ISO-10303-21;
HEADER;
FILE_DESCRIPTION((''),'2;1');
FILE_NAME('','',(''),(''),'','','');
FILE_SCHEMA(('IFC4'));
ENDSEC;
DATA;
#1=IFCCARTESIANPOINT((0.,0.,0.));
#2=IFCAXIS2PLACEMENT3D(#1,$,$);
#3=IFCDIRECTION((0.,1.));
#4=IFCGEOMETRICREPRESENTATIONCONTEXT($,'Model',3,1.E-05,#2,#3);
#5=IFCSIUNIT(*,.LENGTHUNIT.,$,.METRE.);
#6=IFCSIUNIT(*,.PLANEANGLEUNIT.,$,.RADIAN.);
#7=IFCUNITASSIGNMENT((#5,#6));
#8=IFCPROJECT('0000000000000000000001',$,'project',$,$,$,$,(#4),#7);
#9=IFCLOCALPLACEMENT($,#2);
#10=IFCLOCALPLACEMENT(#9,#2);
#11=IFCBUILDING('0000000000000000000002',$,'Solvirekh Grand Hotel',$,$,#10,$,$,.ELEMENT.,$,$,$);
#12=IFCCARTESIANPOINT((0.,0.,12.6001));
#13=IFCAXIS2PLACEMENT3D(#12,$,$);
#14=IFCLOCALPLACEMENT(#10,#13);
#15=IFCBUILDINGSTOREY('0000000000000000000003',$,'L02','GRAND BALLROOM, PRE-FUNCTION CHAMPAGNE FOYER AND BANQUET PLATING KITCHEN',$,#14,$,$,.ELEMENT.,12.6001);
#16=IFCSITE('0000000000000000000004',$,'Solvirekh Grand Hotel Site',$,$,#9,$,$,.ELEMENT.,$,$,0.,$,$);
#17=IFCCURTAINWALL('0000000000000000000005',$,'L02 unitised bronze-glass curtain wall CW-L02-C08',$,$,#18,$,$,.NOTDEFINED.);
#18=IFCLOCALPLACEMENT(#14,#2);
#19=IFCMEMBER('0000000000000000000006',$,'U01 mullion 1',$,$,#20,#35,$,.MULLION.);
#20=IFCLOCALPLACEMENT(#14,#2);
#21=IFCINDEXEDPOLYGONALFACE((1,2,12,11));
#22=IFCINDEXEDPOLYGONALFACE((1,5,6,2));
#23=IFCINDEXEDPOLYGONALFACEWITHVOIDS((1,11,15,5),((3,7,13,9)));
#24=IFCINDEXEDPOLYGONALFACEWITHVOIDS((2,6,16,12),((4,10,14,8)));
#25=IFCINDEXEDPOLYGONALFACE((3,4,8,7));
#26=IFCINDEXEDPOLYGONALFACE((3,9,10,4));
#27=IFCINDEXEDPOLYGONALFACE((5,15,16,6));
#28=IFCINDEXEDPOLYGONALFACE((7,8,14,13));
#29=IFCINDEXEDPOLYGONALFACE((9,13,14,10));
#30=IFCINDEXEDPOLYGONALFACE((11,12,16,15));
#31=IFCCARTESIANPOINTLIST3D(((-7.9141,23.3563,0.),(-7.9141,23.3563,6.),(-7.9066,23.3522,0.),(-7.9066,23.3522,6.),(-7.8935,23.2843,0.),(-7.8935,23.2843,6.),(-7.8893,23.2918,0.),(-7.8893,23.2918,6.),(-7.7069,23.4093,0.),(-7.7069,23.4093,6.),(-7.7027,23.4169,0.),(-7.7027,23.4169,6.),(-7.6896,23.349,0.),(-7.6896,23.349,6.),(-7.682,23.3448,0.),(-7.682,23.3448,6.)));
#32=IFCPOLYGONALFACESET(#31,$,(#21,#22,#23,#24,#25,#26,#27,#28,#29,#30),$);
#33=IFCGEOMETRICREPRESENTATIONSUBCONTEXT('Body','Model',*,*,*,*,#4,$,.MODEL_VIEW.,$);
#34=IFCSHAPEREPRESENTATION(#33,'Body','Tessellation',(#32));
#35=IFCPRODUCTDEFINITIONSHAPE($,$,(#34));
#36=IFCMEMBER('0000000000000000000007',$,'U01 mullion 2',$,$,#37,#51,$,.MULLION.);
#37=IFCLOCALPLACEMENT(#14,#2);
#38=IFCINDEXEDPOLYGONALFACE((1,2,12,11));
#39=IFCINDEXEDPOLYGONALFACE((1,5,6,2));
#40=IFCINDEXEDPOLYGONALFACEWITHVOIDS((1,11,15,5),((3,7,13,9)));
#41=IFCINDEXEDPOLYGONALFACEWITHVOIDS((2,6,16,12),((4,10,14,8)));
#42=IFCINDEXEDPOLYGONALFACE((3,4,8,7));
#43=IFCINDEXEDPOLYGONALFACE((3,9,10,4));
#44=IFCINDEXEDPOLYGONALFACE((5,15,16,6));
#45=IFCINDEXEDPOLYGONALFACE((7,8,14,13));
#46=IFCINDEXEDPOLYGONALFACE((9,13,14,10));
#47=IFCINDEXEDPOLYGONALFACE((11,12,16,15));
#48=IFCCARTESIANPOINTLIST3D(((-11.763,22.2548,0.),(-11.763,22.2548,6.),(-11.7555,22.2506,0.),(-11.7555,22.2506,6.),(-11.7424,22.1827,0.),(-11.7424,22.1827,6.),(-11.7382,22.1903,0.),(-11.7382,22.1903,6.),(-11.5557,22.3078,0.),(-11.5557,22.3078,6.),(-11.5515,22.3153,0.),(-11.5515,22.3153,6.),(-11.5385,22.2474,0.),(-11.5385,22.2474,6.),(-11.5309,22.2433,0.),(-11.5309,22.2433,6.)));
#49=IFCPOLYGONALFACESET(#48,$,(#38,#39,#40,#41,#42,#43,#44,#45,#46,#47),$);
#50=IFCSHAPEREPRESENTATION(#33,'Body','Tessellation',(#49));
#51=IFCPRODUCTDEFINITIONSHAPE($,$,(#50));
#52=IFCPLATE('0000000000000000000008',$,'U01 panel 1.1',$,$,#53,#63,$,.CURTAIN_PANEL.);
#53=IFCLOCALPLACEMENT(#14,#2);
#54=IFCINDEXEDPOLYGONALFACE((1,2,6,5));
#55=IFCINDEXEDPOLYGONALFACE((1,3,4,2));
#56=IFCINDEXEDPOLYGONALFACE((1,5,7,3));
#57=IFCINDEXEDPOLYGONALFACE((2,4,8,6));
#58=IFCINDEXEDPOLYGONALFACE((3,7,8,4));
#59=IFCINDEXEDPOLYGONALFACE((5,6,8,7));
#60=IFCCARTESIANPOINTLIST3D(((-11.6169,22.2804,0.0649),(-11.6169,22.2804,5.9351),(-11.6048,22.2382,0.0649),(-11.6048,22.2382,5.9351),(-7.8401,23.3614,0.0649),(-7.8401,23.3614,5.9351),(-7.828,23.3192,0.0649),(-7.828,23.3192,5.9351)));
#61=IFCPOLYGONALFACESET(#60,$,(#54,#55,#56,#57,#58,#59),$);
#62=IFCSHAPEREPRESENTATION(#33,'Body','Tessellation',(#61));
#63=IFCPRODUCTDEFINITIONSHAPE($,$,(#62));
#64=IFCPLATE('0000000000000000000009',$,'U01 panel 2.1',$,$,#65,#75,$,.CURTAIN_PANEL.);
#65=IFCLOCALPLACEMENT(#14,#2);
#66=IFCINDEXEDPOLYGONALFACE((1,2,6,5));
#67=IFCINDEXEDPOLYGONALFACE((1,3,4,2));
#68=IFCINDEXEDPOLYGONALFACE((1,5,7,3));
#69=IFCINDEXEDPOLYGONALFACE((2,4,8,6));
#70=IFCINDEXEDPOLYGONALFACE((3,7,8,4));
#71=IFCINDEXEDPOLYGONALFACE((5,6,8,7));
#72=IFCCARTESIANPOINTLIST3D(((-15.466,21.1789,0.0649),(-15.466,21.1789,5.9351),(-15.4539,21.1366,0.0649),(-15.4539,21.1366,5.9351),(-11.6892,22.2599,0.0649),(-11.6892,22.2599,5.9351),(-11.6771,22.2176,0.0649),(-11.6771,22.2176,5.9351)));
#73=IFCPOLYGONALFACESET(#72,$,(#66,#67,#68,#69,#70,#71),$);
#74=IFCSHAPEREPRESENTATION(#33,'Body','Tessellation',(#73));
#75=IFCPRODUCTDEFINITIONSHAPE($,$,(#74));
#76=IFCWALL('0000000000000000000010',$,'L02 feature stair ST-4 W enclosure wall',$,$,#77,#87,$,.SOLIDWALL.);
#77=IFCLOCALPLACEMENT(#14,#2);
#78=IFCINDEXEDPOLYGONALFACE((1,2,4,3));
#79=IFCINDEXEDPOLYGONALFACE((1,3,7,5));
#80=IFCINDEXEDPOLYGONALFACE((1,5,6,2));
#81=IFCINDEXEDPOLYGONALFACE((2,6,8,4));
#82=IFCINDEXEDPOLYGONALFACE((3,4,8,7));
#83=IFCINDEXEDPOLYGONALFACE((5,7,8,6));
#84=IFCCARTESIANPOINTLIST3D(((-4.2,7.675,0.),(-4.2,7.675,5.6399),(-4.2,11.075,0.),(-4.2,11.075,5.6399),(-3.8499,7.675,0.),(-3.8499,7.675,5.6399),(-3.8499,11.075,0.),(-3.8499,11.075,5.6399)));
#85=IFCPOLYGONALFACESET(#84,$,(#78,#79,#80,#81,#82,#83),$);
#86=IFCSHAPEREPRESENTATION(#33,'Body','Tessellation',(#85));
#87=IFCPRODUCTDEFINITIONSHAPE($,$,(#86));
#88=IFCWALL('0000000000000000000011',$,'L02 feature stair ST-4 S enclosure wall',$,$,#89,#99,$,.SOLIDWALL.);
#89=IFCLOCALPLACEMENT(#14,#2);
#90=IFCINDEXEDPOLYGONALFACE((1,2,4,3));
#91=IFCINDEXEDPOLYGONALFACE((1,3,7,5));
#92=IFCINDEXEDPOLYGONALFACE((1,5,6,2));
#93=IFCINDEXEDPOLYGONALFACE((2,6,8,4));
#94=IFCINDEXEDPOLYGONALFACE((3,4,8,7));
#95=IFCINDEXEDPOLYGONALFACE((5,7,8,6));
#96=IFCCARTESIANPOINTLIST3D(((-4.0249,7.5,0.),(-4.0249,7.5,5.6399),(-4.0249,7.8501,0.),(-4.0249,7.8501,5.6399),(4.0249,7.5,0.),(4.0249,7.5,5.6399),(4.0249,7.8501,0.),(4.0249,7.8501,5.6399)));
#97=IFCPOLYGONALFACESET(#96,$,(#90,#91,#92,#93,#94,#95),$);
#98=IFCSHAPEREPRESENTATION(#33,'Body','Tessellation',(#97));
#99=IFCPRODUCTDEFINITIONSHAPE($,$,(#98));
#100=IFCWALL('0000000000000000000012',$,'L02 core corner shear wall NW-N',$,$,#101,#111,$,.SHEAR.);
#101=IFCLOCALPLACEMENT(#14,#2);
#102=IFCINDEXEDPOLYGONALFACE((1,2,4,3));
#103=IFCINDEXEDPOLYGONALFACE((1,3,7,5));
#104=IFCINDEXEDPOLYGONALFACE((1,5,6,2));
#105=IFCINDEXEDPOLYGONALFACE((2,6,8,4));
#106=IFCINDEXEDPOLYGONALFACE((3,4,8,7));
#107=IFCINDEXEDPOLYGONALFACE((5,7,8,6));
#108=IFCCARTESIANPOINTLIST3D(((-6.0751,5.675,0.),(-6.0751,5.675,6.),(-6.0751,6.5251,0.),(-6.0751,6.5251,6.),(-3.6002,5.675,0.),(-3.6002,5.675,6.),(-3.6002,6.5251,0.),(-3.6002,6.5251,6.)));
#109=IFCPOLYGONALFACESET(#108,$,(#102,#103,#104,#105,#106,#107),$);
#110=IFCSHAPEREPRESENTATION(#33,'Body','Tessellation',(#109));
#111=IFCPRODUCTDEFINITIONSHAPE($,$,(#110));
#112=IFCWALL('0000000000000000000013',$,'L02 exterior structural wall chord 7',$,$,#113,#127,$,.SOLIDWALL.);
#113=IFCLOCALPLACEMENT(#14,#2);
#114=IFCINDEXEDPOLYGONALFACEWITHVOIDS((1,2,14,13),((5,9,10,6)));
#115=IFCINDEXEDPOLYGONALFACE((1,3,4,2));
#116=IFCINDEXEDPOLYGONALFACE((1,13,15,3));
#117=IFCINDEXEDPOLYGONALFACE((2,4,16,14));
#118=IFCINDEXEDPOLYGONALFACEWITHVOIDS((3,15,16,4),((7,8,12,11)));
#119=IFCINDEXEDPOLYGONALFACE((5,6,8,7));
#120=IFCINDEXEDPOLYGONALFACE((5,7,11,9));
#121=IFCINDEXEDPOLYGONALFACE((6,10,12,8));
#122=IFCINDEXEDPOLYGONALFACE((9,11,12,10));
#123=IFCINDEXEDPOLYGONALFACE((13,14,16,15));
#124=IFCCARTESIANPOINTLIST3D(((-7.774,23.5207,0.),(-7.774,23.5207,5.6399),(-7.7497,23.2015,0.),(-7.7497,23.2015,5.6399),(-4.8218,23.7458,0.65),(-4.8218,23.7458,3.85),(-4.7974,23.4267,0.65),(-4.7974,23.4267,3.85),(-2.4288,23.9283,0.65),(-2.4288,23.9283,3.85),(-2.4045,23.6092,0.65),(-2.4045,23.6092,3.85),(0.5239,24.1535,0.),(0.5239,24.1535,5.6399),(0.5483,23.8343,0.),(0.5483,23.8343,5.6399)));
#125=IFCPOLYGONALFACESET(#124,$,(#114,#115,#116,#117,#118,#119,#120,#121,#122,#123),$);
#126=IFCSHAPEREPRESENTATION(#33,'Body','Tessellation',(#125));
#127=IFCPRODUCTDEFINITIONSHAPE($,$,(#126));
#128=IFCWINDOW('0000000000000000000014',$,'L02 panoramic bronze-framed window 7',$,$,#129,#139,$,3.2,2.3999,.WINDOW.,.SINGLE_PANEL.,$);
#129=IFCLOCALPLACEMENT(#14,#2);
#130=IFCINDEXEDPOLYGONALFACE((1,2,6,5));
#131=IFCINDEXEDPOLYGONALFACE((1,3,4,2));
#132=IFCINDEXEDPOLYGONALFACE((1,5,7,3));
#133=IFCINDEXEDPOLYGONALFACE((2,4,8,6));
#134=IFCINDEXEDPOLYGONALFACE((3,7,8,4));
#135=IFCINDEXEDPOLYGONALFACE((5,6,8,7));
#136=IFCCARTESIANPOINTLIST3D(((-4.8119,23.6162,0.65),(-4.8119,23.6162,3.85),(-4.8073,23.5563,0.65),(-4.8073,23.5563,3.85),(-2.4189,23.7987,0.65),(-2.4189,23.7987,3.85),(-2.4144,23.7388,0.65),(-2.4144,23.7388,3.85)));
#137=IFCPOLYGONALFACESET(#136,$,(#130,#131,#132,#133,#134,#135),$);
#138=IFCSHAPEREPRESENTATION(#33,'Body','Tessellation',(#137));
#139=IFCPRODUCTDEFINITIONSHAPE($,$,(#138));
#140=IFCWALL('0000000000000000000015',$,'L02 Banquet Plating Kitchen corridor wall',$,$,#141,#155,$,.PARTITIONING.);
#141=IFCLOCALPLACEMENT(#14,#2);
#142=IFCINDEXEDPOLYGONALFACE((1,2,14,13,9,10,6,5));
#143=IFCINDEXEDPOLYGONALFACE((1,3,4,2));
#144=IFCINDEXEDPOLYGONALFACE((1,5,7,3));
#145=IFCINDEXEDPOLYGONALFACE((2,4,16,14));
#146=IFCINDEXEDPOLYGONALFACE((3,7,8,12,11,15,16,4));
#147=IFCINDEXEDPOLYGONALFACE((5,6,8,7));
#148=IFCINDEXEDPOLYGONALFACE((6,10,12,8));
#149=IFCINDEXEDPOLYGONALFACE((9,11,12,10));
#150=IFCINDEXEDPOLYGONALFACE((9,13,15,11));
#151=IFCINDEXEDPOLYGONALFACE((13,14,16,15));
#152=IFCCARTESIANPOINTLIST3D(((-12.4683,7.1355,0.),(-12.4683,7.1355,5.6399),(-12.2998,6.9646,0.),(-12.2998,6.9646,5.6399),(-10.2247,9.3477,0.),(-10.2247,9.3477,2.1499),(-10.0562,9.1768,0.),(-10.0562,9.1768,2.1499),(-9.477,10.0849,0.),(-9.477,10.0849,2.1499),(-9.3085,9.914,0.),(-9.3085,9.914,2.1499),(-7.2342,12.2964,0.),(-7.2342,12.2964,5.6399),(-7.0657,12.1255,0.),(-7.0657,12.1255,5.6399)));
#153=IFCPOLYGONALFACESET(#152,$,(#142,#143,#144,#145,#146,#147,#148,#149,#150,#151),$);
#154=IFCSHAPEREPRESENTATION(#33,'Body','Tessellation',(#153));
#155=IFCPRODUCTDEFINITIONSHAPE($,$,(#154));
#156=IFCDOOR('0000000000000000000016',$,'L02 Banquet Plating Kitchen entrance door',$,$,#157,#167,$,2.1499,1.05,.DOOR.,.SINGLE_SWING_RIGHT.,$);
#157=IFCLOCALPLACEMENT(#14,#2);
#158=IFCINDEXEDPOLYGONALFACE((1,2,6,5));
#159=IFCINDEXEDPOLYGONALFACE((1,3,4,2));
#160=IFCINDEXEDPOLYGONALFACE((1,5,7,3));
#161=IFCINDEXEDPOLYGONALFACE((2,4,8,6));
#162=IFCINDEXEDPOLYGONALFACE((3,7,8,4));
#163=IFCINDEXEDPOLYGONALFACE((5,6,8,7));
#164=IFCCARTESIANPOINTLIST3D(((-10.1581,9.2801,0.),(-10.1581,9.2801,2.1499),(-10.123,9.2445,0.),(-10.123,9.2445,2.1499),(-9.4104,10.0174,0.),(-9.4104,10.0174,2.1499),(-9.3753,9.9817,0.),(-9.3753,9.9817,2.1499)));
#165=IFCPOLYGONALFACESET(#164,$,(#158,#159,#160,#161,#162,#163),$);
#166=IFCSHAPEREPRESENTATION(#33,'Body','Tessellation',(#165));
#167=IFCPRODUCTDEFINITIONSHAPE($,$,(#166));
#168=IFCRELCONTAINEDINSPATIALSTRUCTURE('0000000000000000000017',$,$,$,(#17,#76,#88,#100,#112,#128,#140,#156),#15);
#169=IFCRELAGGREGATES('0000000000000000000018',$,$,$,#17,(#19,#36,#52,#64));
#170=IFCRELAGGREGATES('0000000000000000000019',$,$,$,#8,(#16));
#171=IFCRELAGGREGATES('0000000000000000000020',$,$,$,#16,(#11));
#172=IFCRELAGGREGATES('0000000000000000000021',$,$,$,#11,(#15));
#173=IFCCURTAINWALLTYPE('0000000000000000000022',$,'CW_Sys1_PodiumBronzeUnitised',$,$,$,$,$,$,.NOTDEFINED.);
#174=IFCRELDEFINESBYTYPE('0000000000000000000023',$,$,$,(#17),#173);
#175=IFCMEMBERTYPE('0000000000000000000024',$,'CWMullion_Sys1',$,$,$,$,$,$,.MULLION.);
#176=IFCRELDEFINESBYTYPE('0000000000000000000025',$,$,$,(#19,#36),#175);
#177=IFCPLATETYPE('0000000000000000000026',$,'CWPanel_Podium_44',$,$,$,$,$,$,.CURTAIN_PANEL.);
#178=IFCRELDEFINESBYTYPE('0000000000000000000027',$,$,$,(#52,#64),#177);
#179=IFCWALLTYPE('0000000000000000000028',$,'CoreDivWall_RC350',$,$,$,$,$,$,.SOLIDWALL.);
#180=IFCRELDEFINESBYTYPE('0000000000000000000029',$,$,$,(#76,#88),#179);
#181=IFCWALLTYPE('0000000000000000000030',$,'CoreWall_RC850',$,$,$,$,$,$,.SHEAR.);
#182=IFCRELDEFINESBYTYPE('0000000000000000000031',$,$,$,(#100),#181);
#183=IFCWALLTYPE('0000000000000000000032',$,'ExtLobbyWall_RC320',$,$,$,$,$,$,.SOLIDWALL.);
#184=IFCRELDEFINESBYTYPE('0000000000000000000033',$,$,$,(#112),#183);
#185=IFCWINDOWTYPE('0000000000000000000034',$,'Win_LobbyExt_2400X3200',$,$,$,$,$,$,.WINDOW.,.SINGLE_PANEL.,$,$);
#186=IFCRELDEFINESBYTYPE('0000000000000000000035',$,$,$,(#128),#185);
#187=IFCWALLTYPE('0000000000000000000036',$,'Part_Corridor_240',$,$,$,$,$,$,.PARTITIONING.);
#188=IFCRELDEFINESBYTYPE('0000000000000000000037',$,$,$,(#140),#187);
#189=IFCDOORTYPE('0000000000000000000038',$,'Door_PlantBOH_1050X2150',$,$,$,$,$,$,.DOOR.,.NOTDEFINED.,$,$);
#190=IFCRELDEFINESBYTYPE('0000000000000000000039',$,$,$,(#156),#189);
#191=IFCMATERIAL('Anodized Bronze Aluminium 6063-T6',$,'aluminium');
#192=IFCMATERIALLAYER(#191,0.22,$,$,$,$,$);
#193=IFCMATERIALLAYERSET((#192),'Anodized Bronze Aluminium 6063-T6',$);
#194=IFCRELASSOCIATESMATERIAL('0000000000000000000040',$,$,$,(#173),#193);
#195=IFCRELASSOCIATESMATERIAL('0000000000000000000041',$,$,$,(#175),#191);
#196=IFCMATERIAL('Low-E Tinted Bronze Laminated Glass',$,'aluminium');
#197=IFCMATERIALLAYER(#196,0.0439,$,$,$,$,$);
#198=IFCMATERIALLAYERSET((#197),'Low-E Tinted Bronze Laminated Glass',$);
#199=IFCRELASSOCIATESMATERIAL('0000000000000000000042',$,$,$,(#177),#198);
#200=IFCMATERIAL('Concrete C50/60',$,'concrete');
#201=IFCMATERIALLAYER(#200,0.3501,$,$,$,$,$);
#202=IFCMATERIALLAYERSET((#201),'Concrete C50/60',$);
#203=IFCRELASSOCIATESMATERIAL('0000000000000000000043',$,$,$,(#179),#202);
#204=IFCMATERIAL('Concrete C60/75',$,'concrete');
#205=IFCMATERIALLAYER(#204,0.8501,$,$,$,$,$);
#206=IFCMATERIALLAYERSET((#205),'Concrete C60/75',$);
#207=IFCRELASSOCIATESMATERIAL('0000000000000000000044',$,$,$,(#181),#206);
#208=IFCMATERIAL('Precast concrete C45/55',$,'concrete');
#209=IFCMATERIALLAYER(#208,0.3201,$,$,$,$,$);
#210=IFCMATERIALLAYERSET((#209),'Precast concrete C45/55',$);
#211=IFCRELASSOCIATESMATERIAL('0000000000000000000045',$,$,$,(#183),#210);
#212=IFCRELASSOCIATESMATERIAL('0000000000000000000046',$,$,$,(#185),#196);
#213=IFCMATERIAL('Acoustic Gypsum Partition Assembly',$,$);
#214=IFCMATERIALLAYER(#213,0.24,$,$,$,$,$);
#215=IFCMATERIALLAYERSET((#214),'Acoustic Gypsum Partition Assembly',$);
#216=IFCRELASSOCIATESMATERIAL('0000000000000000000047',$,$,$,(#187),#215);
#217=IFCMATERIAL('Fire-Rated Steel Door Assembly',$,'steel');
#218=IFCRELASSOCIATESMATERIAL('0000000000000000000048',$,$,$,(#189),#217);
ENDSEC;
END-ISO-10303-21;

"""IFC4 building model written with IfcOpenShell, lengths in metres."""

from ifc_helpers import new_model, si_unit, direction, frame, frame_2d, origin, origin_2d, place, context, subcontext, project, spatial, rectangle, hollow_rectangle, extrude, source, transform, mapped, material, layer, layer_set, material_profile, profile_set, type_object, element, fill, aggregate, save


model = new_model("IFC4")

# Units and contexts
model_context = context("Model", 3, precision=1e-05, world=origin(), true_north=direction((0.0, 1.0)))
body_context = subcontext(model_context, "Body", "Model", "MODEL_VIEW")
ifc_project = project(units=[si_unit("LENGTHUNIT", "METRE"), si_unit("PLANEANGLEUNIT", "RADIAN")], contexts=[model_context])

# Site, building, storey
site_placement = place(None, origin())
site = spatial("IfcSite", under=ifc_project, at=site_placement, Name="Solvirekh Grand Hotel Site", CompositionType="ELEMENT", RefElevation=0.0)
building_placement = place(site_placement, origin())
building = spatial("IfcBuilding", under=site, at=building_placement, Name="Solvirekh Grand Hotel", CompositionType="ELEMENT")
storey_placement = place(building_placement, frame((0.0, 0.0, 12.6001)))
storey = spatial("IfcBuildingStorey", under=building, at=storey_placement, Name="L02", Description="GRAND BALLROOM, PRE-FUNCTION CHAMPAGNE FOYER AND BANQUET PLATING KITCHEN", CompositionType="ELEMENT", Elevation=12.6001)

# Shared definitions
ifc_material_1 = material(Name="Concrete C60/75", Category="concrete")

# Curtain wall, members, plates
ifc_material_2 = material(Name="Anodized Bronze Aluminium 6063-T6", Category="aluminium")
ifc_layer_1 = layer(ifc_material_2, 0.22)
ifc_layer_set_1 = layer_set([ifc_layer_1], Name="Anodized Bronze Aluminium 6063-T6")
curtain_wall_type = type_object("IfcCurtainWallType", Name="CW_Sys1_PodiumBronzeUnitised", PredefinedType="NOTDEFINED", material=ifc_layer_set_1)
curtain_wall_placement = place(storey_placement, origin())
curtain_wall = element("IfcCurtainWall", 1, at=curtain_wall_placement, inside=storey, type_object=curtain_wall_type, Name="L02 unitised bronze-glass curtain wall CW-L02-C08", PredefinedType="NOTDEFINED")
ifc_material_profile_1 = material_profile(ifc_material_2, hollow_rectangle(XDim=0.075, YDim=0.22, WallThickness=0.0061, at=origin_2d()), Name="ALU RHS 220X75X6")
ifc_profile_set_1 = profile_set([ifc_material_profile_1], Name="Anodized Bronze Aluminium 6063-T6")
member_type_1 = type_object("IfcMemberType", Name="CWMullion_Sys1", PredefinedType="MULLION", material=ifc_profile_set_1)
shared_shape_1 = source(origin(), body_context, "Body", "SweptSolid", [
    extrude(hollow_rectangle(XDim=0.075, YDim=0.22, WallThickness=0.0061, at=origin_2d()), origin(), (0.0, 0.0, 1.0), 6.0),
])
member_1_placement = place(storey_placement, frame((-7.7981, 23.3506, 0.0), z_axis=(0.0, 0.0, 1.0), x_axis=(0.275179, -0.961393, 0.0)))
member_1 = element("IfcMember", 2, at=member_1_placement, type_object=member_type_1, Name="U01 mullion 1", PredefinedType="MULLION", context=body_context, shape_type="MappedRepresentation", body=[
    mapped(shared_shape_1, transform((0.0, 0.0, 0.0), x_axis=(1.0, 0.0, 0.0), y_axis=(0.0, 1.0, 0.0), z_axis=(0.0, 0.0, 1.0), scale=1.0)),
])
member_2_placement = place(storey_placement, frame((-11.647, 22.249, 0.0), z_axis=(0.0, 0.0, 1.0), x_axis=(0.275179, -0.961393, 0.0)))
member_2 = element("IfcMember", 3, at=member_2_placement, type_object=member_type_1, Name="U01 mullion 2", PredefinedType="MULLION", context=body_context, shape_type="MappedRepresentation", body=[
    mapped(shared_shape_1, transform((0.0, 0.0, 0.0), x_axis=(1.0, 0.0, 0.0), y_axis=(0.0, 1.0, 0.0), z_axis=(0.0, 0.0, 1.0), scale=1.0)),
])
ifc_material_3 = material(Name="Low-E Tinted Bronze Laminated Glass", Category="aluminium")
ifc_layer_2 = layer(ifc_material_3, 0.0439)
ifc_layer_set_2 = layer_set([ifc_layer_2], Name="Low-E Tinted Bronze Laminated Glass")
plate_type = type_object("IfcPlateType", Name="CWPanel_Podium_44", PredefinedType="CURTAIN_PANEL", material=ifc_layer_set_2)
shared_shape_2 = source(origin(), body_context, "Body", "SweptSolid", [
    extrude(rectangle(XDim=3.9285, YDim=0.0439, at=origin_2d()), origin(), (0.0, 0.0, 1.0), 5.8701),
])
plate_1_placement = place(storey_placement, frame((-9.7224, 22.7998, 0.0649), z_axis=(0.0, 0.0, 1.0), x_axis=(-0.961393, -0.275179, 0.0)))
plate_1 = element("IfcPlate", 4, at=plate_1_placement, type_object=plate_type, Name="U01 panel 1.1", PredefinedType="CURTAIN_PANEL", context=body_context, shape_type="MappedRepresentation", body=[
    mapped(shared_shape_2, transform((0.0, 0.0, 0.0), x_axis=(1.0, 0.0, 0.0), y_axis=(0.0, 1.0, 0.0), z_axis=(0.0, 0.0, 1.0), scale=1.0)),
])
plate_2_placement = place(storey_placement, frame((-13.5715, 21.6982, 0.0649), z_axis=(0.0, 0.0, 1.0), x_axis=(-0.961393, -0.275179, 0.0)))
plate_2 = element("IfcPlate", 5, at=plate_2_placement, type_object=plate_type, Name="U01 panel 2.1", PredefinedType="CURTAIN_PANEL", context=body_context, shape_type="MappedRepresentation", body=[
    mapped(shared_shape_2, transform((0.0, 0.0, 0.0), x_axis=(1.0, 0.0, 0.0), y_axis=(0.0, 1.0, 0.0), z_axis=(0.0, 0.0, 1.0), scale=1.0)),
])
aggregate(curtain_wall, [member_1, member_2, plate_1, plate_2])

# Walls
ifc_material_4 = material(Name="Concrete C50/60", Category="concrete")
ifc_layer_3 = layer(ifc_material_4, 0.3501)
ifc_layer_set_3 = layer_set([ifc_layer_3], Name="Concrete C50/60")
wall_type_1 = type_object("IfcWallType", Name="CoreDivWall_RC350", PredefinedType="SOLIDWALL", material=ifc_layer_set_3)
wall_1_placement = place(storey_placement, frame((-4.0249, 11.075, 0.0), z_axis=(0.0, 0.0, 1.0), x_axis=(0.0, -1.0, 0.0)))
element("IfcWall", 6, at=wall_1_placement, inside=storey, type_object=wall_type_1, Name="L02 feature stair ST-4 W enclosure wall", PredefinedType="SOLIDWALL", context=body_context, shape_type="SweptSolid", body=[
    extrude(rectangle(XDim=3.3999, YDim=0.3501, at=frame_2d((1.7, 0.0))), origin(), (0.0, 0.0, 1.0), 5.6399),
])
wall_2_placement = place(storey_placement, frame((-4.0249, 7.675, 0.0), z_axis=(0.0, 0.0, 1.0), x_axis=(1.0, 0.0, 0.0)))
element("IfcWall", 7, at=wall_2_placement, inside=storey, type_object=wall_type_1, Name="L02 feature stair ST-4 S enclosure wall", PredefinedType="SOLIDWALL", context=body_context, shape_type="SweptSolid", body=[
    extrude(rectangle(XDim=8.0498, YDim=0.3501, at=frame_2d((4.0249, 0.0))), origin(), (0.0, 0.0, 1.0), 5.6399),
])
ifc_layer_4 = layer(ifc_material_1, 0.8501)
ifc_layer_set_4 = layer_set([ifc_layer_4], Name="Concrete C60/75")
wall_type_2 = type_object("IfcWallType", Name="CoreWall_RC850", PredefinedType="SHEAR", material=ifc_layer_set_4)
wall_3_placement = place(storey_placement, frame((-6.075, 6.1001, 0.0), z_axis=(0.0, 0.0, 1.0), x_axis=(1.0, 0.0, 0.0)))
element("IfcWall", 8, at=wall_3_placement, inside=storey, type_object=wall_type_2, Name="L02 core corner shear wall NW-N", PredefinedType="SHEAR", context=body_context, shape_type="SweptSolid", body=[
    extrude(rectangle(XDim=2.4749, YDim=0.8501, at=frame_2d((1.2373, 0.0))), origin(), (0.0, 0.0, 1.0), 6.0),
])

# Wall, opening, window
ifc_material_5 = material(Name="Precast concrete C45/55", Category="concrete")
ifc_layer_5 = layer(ifc_material_5, 0.3201)
ifc_layer_set_5 = layer_set([ifc_layer_5], Name="Precast concrete C45/55")
wall_type_3 = type_object("IfcWallType", Name="ExtLobbyWall_RC320", PredefinedType="SOLIDWALL", material=ifc_layer_set_5)
wall_4_placement = place(storey_placement, frame((-7.762, 23.3611, 0.0), z_axis=(0.0, 0.0, 1.0), x_axis=(0.997105, 0.076041, 0.0)))
wall_4 = element("IfcWall", 9, at=wall_4_placement, inside=storey, type_object=wall_type_3, Name="L02 exterior structural wall chord 7", PredefinedType="SOLIDWALL", context=body_context, shape_type="SweptSolid", body=[
    extrude(rectangle(XDim=8.322, YDim=0.3201, at=frame_2d((4.1611, 0.0))), origin(), (0.0, 0.0, 1.0), 5.6399),
])
opening_1_placement = place(wall_4_placement, frame((2.9609, 0.0, 0.6499)))
opening_1 = element("IfcOpeningElement", 10, at=opening_1_placement, cuts=wall_4, PredefinedType="OPENING", context=body_context, shape_type="SweptSolid", body=[
    extrude(rectangle(XDim=2.3999, YDim=3.2, at=frame_2d((1.2, 1.6001))), frame((0.0, 0.1699, 0.0), z_axis=(0.0, -1.0, 0.0), x_axis=(1.0, 0.0, 0.0)), (0.0, 0.0, 1.0), 0.3401),
])
window_type = type_object("IfcWindowType", Name="Win_LobbyExt_2400X3200", PartitioningType="SINGLE_PANEL", PredefinedType="WINDOW", material=ifc_material_3)
window_placement = place(opening_1_placement, origin())
window = element("IfcWindow", 11, at=window_placement, inside=storey, type_object=window_type, Name="L02 panoramic bronze-framed window 7", OverallHeight=3.2, OverallWidth=2.3999, PartitioningType="SINGLE_PANEL", PredefinedType="WINDOW", context=body_context, shape_type="SweptSolid", body=[
    extrude(rectangle(XDim=2.3999, YDim=3.2, at=frame_2d((1.2, 1.6001))), frame((0.0, 0.03, 0.0), z_axis=(0.0, -1.0, 0.0), x_axis=(1.0, 0.0, 0.0)), (0.0, 0.0, 1.0), 0.0601),
])
fill(opening_1, window)

# Wall, opening, door
ifc_material_6 = material(Name="Acoustic Gypsum Partition Assembly")
ifc_layer_6 = layer(ifc_material_6, 0.24)
ifc_layer_set_6 = layer_set([ifc_layer_6], Name="Acoustic Gypsum Partition Assembly")
wall_type_4 = type_object("IfcWallType", Name="Part_Corridor_240", PredefinedType="PARTITIONING", material=ifc_layer_set_6)
wall_5_placement = place(storey_placement, frame((-7.1499, 12.2109, 0.0), z_axis=(0.0, 0.0, 1.0), x_axis=(-0.712071, -0.702107, 0.0)))
wall_5 = element("IfcWall", 12, at=wall_5_placement, inside=storey, type_object=wall_type_4, Name="L02 Banquet Plating Kitchen corridor wall", PredefinedType="PARTITIONING", context=body_context, shape_type="SweptSolid", body=[
    extrude(rectangle(XDim=7.3506, YDim=0.24, at=frame_2d((3.6753, 0.0))), origin(), (0.0, 0.0, 1.0), 5.6399),
])
opening_2_placement = place(wall_5_placement, frame((3.1499, 0.0, 0.0)))
opening_2 = element("IfcOpeningElement", 13, at=opening_2_placement, cuts=wall_5, PredefinedType="OPENING", context=body_context, shape_type="SweptSolid", body=[
    extrude(rectangle(XDim=1.05, YDim=2.1499, at=frame_2d((0.5249, 1.075))), frame((0.0, 0.1299, 0.0), z_axis=(0.0, -1.0, 0.0), x_axis=(1.0, 0.0, 0.0)), (0.0, 0.0, 1.0), 0.26),
])
ifc_material_7 = material(Name="Fire-Rated Steel Door Assembly", Category="steel")
door_type = type_object("IfcDoorType", Name="Door_PlantBOH_1050X2150", OperationType="NOTDEFINED", PredefinedType="DOOR", material=ifc_material_7)
door_placement = place(opening_2_placement, origin())
door = element("IfcDoor", 14, at=door_placement, inside=storey, type_object=door_type, Name="L02 Banquet Plating Kitchen entrance door", OperationType="SINGLE_SWING_RIGHT", OverallHeight=2.1499, OverallWidth=1.05, PredefinedType="DOOR", context=body_context, shape_type="SweptSolid", body=[
    extrude(rectangle(XDim=1.05, YDim=2.1499, at=frame_2d((0.5249, 1.075))), frame((0.0, 0.0249, 0.0), z_axis=(0.0, -1.0, 0.0), x_axis=(1.0, 0.0, 0.0)), (0.0, 0.0, 1.0), 0.05),
])
fill(opening_2, door)

save(model, "model.ifc")
